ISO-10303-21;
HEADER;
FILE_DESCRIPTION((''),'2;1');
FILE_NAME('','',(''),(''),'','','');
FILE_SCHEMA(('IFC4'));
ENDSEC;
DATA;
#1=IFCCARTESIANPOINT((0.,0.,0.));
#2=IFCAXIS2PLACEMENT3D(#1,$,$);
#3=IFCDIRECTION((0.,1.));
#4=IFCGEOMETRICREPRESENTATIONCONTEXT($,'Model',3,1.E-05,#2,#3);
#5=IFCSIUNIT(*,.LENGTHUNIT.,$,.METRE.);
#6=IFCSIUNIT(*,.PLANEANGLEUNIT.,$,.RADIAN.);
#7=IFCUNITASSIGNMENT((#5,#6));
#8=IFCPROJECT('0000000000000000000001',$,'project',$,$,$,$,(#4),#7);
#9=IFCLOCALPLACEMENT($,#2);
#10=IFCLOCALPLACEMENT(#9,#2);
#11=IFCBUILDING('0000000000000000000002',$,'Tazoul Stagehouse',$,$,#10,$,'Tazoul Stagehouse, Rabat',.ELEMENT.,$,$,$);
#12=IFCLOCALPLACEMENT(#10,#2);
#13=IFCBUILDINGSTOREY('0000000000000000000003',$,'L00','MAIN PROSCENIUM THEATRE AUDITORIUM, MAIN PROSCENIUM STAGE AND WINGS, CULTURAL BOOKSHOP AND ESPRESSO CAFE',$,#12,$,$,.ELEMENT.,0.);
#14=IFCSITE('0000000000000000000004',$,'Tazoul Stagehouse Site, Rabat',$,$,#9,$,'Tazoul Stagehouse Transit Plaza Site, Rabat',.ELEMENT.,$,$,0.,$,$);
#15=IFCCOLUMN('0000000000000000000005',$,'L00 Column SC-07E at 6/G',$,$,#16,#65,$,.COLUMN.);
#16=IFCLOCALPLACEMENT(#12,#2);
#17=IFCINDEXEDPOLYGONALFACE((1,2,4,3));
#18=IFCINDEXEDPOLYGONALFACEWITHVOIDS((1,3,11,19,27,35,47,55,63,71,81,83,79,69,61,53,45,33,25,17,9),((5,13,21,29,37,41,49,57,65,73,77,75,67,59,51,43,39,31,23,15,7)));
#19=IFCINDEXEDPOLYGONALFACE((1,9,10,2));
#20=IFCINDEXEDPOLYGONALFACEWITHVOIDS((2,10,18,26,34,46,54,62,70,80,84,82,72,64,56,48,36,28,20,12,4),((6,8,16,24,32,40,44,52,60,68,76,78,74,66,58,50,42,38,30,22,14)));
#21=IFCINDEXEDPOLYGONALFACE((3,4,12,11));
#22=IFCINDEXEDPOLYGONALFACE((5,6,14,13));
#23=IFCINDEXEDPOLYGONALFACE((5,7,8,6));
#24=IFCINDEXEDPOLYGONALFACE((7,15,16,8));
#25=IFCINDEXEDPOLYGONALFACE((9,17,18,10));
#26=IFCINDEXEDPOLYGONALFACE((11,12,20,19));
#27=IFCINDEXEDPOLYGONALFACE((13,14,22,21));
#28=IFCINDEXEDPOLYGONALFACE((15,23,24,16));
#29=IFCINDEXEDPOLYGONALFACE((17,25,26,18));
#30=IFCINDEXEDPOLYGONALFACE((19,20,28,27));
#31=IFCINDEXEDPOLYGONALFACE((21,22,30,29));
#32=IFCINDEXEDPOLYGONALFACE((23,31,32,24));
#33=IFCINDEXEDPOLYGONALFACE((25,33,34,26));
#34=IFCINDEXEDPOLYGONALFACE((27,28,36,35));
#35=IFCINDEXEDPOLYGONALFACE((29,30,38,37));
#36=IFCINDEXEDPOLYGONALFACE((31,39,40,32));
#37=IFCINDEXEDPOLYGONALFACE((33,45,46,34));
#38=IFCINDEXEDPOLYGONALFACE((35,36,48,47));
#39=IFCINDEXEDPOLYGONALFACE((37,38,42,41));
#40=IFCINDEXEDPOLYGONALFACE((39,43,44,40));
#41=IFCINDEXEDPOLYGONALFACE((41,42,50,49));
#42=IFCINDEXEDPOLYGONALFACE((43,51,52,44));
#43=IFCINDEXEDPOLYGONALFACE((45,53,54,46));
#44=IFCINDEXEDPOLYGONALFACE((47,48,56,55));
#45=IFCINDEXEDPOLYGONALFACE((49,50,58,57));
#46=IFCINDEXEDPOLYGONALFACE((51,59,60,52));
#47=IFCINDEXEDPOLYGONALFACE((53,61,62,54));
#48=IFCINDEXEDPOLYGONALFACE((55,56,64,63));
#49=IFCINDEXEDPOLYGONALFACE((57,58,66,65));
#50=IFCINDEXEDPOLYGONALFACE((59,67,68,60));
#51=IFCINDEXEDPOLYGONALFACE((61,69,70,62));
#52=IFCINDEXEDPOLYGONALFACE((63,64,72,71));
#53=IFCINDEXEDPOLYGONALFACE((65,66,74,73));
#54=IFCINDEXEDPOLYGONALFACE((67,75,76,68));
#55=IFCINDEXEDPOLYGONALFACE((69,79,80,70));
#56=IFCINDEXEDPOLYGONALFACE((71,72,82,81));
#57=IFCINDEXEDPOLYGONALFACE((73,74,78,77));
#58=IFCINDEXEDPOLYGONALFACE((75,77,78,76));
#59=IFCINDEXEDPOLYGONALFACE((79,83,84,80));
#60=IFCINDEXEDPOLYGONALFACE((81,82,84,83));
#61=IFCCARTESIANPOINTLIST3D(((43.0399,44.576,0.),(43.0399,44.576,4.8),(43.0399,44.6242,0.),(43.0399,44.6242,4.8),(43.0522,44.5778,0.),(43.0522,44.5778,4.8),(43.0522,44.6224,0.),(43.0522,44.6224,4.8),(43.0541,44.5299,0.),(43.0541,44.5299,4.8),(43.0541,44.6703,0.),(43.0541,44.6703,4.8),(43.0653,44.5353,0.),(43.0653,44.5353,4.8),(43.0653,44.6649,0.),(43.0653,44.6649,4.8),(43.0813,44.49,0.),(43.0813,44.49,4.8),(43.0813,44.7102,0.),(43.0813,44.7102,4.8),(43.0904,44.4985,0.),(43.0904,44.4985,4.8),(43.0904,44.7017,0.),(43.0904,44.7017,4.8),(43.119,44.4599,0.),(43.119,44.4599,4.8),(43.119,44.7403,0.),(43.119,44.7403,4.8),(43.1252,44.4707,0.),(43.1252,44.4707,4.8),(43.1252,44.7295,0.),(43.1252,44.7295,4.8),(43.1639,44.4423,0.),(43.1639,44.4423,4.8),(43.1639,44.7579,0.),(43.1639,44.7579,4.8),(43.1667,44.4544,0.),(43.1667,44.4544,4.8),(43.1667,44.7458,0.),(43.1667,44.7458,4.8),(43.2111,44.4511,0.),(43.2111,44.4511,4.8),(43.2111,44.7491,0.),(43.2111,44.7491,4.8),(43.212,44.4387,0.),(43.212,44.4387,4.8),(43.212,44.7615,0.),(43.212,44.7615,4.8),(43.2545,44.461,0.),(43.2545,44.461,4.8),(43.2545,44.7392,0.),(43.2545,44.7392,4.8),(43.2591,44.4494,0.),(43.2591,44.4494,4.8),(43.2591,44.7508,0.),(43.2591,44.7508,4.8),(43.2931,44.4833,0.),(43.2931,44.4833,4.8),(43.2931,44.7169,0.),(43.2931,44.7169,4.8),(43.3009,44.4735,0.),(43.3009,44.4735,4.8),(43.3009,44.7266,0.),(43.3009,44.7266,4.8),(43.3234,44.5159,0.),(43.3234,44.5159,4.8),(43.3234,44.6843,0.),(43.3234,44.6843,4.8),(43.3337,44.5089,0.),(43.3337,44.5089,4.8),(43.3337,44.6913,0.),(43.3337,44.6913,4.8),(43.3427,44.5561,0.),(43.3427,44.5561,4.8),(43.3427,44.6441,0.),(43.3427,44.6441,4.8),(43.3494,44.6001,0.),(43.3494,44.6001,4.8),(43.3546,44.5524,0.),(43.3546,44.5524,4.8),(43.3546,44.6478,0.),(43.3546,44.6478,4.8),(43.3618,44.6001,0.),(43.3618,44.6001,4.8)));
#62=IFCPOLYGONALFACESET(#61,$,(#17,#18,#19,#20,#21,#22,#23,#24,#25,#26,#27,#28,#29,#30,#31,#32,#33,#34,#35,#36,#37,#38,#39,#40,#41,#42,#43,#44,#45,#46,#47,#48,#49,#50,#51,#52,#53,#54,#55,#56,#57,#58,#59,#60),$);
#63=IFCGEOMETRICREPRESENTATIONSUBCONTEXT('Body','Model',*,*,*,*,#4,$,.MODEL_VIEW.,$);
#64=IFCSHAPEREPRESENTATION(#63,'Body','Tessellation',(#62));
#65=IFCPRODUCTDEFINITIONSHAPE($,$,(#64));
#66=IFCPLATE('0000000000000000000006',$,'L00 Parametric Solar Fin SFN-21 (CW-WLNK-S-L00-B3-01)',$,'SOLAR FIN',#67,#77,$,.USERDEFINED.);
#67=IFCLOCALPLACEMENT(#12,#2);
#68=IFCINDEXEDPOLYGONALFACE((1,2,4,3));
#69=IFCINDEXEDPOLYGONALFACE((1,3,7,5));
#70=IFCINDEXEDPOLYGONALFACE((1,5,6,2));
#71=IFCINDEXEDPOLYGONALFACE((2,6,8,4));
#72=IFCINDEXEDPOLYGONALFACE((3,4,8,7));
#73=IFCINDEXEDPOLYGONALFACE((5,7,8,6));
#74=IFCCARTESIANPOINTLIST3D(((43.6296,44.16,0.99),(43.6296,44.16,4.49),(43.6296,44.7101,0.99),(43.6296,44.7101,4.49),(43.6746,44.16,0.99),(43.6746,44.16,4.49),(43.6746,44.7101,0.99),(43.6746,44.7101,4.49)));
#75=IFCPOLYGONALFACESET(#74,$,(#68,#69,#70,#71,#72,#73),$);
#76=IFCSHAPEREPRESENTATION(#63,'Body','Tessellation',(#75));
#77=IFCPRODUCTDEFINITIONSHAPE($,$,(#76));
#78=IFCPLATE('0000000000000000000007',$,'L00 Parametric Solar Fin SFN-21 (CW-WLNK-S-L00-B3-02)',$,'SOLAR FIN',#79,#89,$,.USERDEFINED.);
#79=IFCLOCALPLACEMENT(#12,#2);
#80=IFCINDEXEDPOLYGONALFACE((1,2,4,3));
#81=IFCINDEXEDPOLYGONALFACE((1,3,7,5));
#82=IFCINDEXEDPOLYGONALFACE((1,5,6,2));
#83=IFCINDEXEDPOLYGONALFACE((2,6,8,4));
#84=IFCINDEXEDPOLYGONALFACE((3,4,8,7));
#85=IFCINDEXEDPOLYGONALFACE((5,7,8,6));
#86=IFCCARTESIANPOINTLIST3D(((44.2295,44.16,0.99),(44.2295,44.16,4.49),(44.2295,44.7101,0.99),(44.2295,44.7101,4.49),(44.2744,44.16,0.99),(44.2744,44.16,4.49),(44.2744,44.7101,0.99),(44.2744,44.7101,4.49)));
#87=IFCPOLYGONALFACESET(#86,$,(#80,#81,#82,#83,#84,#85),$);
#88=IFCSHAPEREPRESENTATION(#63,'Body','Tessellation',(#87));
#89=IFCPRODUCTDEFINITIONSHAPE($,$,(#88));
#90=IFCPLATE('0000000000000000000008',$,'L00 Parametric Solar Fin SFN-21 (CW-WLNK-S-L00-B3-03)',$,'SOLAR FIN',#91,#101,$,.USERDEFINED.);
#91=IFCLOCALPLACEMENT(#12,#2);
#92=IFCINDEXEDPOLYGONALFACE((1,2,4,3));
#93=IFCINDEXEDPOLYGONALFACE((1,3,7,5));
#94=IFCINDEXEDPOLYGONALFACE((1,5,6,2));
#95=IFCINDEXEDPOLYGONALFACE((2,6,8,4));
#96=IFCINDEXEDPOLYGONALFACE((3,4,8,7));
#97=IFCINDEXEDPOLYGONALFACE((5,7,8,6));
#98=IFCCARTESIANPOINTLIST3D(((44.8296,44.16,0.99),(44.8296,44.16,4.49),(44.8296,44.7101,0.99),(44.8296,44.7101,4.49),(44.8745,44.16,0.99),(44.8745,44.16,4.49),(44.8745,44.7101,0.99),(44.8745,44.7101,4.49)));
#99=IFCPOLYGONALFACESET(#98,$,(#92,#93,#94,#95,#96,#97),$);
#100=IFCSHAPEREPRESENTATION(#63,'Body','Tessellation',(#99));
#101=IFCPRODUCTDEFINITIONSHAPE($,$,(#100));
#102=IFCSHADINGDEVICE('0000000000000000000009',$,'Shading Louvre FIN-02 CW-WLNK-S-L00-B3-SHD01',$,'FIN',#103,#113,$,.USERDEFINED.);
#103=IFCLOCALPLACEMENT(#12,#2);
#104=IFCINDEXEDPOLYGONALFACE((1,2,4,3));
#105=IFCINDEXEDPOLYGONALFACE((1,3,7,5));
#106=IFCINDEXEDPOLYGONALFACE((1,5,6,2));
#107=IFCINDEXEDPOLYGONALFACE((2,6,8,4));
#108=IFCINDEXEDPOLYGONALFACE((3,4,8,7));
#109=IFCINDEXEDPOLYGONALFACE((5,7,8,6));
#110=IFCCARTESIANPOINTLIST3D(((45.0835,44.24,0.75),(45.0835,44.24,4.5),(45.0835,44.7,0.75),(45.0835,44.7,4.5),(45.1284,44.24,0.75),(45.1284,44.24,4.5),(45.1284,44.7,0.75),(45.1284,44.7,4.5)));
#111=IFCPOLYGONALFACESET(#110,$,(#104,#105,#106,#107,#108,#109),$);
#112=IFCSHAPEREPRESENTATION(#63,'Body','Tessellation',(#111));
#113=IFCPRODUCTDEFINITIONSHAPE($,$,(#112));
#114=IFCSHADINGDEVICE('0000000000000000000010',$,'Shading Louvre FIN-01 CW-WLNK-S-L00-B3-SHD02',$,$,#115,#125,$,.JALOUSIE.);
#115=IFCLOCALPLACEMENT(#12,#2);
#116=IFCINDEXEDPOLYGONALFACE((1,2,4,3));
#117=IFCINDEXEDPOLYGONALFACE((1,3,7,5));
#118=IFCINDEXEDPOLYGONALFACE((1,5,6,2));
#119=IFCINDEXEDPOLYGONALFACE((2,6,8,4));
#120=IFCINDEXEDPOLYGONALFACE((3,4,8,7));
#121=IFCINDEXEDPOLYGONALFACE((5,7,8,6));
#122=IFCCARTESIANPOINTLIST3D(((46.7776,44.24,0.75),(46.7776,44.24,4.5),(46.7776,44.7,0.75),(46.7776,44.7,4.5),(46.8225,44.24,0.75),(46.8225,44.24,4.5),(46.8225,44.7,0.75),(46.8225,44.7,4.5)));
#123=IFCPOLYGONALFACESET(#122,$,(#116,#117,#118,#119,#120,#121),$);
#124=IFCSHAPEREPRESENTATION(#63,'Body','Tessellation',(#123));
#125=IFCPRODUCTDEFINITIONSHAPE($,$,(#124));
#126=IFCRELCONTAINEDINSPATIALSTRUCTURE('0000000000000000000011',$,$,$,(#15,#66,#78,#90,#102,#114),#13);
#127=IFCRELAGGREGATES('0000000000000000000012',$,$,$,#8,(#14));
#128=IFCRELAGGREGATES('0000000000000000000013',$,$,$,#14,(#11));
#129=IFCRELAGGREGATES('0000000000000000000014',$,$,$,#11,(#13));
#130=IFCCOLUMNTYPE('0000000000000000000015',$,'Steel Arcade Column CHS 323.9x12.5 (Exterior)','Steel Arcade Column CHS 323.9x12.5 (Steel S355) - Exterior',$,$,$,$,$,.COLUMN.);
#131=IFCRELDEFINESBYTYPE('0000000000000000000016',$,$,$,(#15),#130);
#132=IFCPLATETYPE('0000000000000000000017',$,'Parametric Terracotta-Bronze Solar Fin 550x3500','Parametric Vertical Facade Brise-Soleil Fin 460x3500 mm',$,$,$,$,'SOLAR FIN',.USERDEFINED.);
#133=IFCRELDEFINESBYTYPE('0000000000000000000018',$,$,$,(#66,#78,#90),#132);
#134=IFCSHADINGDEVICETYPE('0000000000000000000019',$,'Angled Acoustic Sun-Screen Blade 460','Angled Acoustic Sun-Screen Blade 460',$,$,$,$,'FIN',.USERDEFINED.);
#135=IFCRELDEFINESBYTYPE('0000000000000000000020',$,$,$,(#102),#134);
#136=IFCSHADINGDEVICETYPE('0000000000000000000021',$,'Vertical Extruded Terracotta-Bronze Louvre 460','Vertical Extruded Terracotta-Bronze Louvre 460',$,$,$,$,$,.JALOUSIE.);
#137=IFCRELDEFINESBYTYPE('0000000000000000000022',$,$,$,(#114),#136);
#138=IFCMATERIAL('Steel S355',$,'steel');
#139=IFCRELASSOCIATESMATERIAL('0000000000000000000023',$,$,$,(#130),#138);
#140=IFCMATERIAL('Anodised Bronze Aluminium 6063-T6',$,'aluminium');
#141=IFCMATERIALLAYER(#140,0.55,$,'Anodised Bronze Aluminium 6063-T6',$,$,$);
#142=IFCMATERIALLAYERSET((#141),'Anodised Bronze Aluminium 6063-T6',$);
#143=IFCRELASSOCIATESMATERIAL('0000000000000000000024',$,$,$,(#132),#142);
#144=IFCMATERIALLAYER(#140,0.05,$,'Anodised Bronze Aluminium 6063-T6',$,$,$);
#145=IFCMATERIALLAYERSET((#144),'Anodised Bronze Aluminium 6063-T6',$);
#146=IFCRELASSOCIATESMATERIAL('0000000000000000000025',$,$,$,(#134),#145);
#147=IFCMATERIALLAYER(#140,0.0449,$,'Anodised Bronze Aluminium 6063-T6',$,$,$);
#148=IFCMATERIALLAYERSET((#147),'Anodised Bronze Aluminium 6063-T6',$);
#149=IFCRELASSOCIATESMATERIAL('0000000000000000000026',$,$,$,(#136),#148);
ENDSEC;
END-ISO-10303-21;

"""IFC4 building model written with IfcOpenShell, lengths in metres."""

from ifc_helpers import new_model, si_unit, direction, frame, origin, origin_2d, place, context, subcontext, project, spatial, rectangle, hollow_circle, extrude, material, layer, layer_set, material_profile, profile_set, type_object, element, save


model = new_model("IFC4")

# Units and contexts
model_context = context("Model", 3, precision=1e-05, world=origin(), true_north=direction((0.0, 1.0)))
body_context = subcontext(model_context, "Body", "Model", "MODEL_VIEW")
ifc_project = project(units=[si_unit("LENGTHUNIT", "METRE"), si_unit("PLANEANGLEUNIT", "RADIAN")], contexts=[model_context])

# Site, building, storey
site_placement = place(None, origin())
site = spatial("IfcSite", under=ifc_project, at=site_placement, Name="Tazoul Stagehouse Site, Rabat", LongName="Tazoul Stagehouse Transit Plaza Site, Rabat", CompositionType="ELEMENT", RefElevation=0.0)
building_placement = place(site_placement, origin())
building = spatial("IfcBuilding", under=site, at=building_placement, Name="Tazoul Stagehouse", LongName="Tazoul Stagehouse, Rabat", CompositionType="ELEMENT")
storey_placement = place(building_placement, origin())
storey = spatial("IfcBuildingStorey", under=building, at=storey_placement, Name="L00", Description="MAIN PROSCENIUM THEATRE AUDITORIUM, MAIN PROSCENIUM STAGE AND WINGS, CULTURAL BOOKSHOP AND ESPRESSO CAFE", CompositionType="ELEMENT", Elevation=0.0)

# Column
ifc_material_1 = material(Name="Steel S355", Category="steel")
ifc_material_profile_1 = material_profile(ifc_material_1, hollow_circle(Radius=0.1619, WallThickness=0.0125, at=origin_2d()), Name="CHS 323.9x12.5")
ifc_profile_set_1 = profile_set([ifc_material_profile_1], Name="Steel S355")
column_type = type_object("IfcColumnType", Name="Steel Arcade Column CHS 323.9x12.5 (Exterior)", Description="Steel Arcade Column CHS 323.9x12.5 (Steel S355) - Exterior", PredefinedType="COLUMN", material=ifc_profile_set_1)
column_placement = place(storey_placement, frame((43.2, 44.6001, 0.0), z_axis=(0.0, 0.0, 1.0), x_axis=(1.0, 0.0, 0.0)))
element("IfcColumn", 1, at=column_placement, inside=storey, type_object=column_type, Name="L00 Column SC-07E at 6/G", PredefinedType="COLUMN", context=body_context, shape_type="SweptSolid", body=[
    extrude(hollow_circle(Radius=0.1619, WallThickness=0.0125, at=origin_2d()), origin(), (0.0, 0.0, 1.0), 4.8),
])

# Shared definitions
ifc_material_2 = material(Name="Anodised Bronze Aluminium 6063-T6", Category="aluminium")

# Plates
ifc_layer_1 = layer(ifc_material_2, 0.55, Name="Anodised Bronze Aluminium 6063-T6")
ifc_layer_set_1 = layer_set([ifc_layer_1], Name="Anodised Bronze Aluminium 6063-T6")
plate_type_1 = type_object("IfcPlateType", Name="Parametric Terracotta-Bronze Solar Fin 550x3500", Description="Parametric Vertical Facade Brise-Soleil Fin 460x3500 mm", ElementType="SOLAR FIN", PredefinedType="USERDEFINED", material=ifc_layer_set_1)
for number, where, z_axis, x_axis, name in (
    (2, (43.6521, 44.4351, 0.99), (0.0, 0.0, 1.0), (1.0, 0.0, 0.0), "L00 Parametric Solar Fin SFN-21 (CW-WLNK-S-L00-B3-01)"),
    (3, (44.252, 44.4351, 0.99), (0.0, 0.0, 1.0), (1.0, 0.0, 0.0), "L00 Parametric Solar Fin SFN-21 (CW-WLNK-S-L00-B3-02)"),
    (4, (44.8521, 44.4351, 0.99), (0.0, 0.0, 1.0), (1.0, 0.0, 0.0), "L00 Parametric Solar Fin SFN-21 (CW-WLNK-S-L00-B3-03)"),
):
    element("IfcPlate", number, at=place(storey_placement, frame(where, z_axis=z_axis, x_axis=x_axis)), inside=storey, type_object=plate_type_1, Name=name, ObjectType="SOLAR FIN", PredefinedType="USERDEFINED", context=body_context, shape_type="SweptSolid", body=[
        extrude(rectangle(XDim=0.0449, YDim=0.55, at=origin_2d()), origin(), (0.0, 0.0, 1.0), 3.5),
    ])

# Shading devices
ifc_layer_2 = layer(ifc_material_2, 0.05, Name="Anodised Bronze Aluminium 6063-T6")
ifc_layer_set_2 = layer_set([ifc_layer_2], Name="Anodised Bronze Aluminium 6063-T6")
shading_device_type_1 = type_object("IfcShadingDeviceType", Name="Angled Acoustic Sun-Screen Blade 460", Description="Angled Acoustic Sun-Screen Blade 460", ElementType="FIN", PredefinedType="USERDEFINED", material=ifc_layer_set_2)
shading_device_1_placement = place(storey_placement, frame((45.106, 44.47, 0.75), z_axis=(0.0, 0.0, 1.0), x_axis=(1.0, 0.0, 0.0)))
element("IfcShadingDevice", 5, at=shading_device_1_placement, inside=storey, type_object=shading_device_type_1, Name="Shading Louvre FIN-02 CW-WLNK-S-L00-B3-SHD01", ObjectType="FIN", PredefinedType="USERDEFINED", context=body_context, shape_type="SweptSolid", body=[
    extrude(rectangle(XDim=0.0449, YDim=0.46, at=origin_2d()), origin(), (0.0, 0.0, 1.0), 3.75),
])
ifc_layer_3 = layer(ifc_material_2, 0.0449, Name="Anodised Bronze Aluminium 6063-T6")
ifc_layer_set_3 = layer_set([ifc_layer_3], Name="Anodised Bronze Aluminium 6063-T6")
shading_device_type_2 = type_object("IfcShadingDeviceType", Name="Vertical Extruded Terracotta-Bronze Louvre 460", Description="Vertical Extruded Terracotta-Bronze Louvre 460", PredefinedType="JALOUSIE", material=ifc_layer_set_3)
shading_device_2_placement = place(storey_placement, frame((46.8, 44.47, 0.75), z_axis=(0.0, 0.0, 1.0), x_axis=(1.0, 0.0, 0.0)))
element("IfcShadingDevice", 6, at=shading_device_2_placement, inside=storey, type_object=shading_device_type_2, Name="Shading Louvre FIN-01 CW-WLNK-S-L00-B3-SHD02", PredefinedType="JALOUSIE", context=body_context, shape_type="SweptSolid", body=[
    extrude(rectangle(XDim=0.0449, YDim=0.46, at=origin_2d()), origin(), (0.0, 0.0, 1.0), 3.75),
])

save(model, "model.ifc")
